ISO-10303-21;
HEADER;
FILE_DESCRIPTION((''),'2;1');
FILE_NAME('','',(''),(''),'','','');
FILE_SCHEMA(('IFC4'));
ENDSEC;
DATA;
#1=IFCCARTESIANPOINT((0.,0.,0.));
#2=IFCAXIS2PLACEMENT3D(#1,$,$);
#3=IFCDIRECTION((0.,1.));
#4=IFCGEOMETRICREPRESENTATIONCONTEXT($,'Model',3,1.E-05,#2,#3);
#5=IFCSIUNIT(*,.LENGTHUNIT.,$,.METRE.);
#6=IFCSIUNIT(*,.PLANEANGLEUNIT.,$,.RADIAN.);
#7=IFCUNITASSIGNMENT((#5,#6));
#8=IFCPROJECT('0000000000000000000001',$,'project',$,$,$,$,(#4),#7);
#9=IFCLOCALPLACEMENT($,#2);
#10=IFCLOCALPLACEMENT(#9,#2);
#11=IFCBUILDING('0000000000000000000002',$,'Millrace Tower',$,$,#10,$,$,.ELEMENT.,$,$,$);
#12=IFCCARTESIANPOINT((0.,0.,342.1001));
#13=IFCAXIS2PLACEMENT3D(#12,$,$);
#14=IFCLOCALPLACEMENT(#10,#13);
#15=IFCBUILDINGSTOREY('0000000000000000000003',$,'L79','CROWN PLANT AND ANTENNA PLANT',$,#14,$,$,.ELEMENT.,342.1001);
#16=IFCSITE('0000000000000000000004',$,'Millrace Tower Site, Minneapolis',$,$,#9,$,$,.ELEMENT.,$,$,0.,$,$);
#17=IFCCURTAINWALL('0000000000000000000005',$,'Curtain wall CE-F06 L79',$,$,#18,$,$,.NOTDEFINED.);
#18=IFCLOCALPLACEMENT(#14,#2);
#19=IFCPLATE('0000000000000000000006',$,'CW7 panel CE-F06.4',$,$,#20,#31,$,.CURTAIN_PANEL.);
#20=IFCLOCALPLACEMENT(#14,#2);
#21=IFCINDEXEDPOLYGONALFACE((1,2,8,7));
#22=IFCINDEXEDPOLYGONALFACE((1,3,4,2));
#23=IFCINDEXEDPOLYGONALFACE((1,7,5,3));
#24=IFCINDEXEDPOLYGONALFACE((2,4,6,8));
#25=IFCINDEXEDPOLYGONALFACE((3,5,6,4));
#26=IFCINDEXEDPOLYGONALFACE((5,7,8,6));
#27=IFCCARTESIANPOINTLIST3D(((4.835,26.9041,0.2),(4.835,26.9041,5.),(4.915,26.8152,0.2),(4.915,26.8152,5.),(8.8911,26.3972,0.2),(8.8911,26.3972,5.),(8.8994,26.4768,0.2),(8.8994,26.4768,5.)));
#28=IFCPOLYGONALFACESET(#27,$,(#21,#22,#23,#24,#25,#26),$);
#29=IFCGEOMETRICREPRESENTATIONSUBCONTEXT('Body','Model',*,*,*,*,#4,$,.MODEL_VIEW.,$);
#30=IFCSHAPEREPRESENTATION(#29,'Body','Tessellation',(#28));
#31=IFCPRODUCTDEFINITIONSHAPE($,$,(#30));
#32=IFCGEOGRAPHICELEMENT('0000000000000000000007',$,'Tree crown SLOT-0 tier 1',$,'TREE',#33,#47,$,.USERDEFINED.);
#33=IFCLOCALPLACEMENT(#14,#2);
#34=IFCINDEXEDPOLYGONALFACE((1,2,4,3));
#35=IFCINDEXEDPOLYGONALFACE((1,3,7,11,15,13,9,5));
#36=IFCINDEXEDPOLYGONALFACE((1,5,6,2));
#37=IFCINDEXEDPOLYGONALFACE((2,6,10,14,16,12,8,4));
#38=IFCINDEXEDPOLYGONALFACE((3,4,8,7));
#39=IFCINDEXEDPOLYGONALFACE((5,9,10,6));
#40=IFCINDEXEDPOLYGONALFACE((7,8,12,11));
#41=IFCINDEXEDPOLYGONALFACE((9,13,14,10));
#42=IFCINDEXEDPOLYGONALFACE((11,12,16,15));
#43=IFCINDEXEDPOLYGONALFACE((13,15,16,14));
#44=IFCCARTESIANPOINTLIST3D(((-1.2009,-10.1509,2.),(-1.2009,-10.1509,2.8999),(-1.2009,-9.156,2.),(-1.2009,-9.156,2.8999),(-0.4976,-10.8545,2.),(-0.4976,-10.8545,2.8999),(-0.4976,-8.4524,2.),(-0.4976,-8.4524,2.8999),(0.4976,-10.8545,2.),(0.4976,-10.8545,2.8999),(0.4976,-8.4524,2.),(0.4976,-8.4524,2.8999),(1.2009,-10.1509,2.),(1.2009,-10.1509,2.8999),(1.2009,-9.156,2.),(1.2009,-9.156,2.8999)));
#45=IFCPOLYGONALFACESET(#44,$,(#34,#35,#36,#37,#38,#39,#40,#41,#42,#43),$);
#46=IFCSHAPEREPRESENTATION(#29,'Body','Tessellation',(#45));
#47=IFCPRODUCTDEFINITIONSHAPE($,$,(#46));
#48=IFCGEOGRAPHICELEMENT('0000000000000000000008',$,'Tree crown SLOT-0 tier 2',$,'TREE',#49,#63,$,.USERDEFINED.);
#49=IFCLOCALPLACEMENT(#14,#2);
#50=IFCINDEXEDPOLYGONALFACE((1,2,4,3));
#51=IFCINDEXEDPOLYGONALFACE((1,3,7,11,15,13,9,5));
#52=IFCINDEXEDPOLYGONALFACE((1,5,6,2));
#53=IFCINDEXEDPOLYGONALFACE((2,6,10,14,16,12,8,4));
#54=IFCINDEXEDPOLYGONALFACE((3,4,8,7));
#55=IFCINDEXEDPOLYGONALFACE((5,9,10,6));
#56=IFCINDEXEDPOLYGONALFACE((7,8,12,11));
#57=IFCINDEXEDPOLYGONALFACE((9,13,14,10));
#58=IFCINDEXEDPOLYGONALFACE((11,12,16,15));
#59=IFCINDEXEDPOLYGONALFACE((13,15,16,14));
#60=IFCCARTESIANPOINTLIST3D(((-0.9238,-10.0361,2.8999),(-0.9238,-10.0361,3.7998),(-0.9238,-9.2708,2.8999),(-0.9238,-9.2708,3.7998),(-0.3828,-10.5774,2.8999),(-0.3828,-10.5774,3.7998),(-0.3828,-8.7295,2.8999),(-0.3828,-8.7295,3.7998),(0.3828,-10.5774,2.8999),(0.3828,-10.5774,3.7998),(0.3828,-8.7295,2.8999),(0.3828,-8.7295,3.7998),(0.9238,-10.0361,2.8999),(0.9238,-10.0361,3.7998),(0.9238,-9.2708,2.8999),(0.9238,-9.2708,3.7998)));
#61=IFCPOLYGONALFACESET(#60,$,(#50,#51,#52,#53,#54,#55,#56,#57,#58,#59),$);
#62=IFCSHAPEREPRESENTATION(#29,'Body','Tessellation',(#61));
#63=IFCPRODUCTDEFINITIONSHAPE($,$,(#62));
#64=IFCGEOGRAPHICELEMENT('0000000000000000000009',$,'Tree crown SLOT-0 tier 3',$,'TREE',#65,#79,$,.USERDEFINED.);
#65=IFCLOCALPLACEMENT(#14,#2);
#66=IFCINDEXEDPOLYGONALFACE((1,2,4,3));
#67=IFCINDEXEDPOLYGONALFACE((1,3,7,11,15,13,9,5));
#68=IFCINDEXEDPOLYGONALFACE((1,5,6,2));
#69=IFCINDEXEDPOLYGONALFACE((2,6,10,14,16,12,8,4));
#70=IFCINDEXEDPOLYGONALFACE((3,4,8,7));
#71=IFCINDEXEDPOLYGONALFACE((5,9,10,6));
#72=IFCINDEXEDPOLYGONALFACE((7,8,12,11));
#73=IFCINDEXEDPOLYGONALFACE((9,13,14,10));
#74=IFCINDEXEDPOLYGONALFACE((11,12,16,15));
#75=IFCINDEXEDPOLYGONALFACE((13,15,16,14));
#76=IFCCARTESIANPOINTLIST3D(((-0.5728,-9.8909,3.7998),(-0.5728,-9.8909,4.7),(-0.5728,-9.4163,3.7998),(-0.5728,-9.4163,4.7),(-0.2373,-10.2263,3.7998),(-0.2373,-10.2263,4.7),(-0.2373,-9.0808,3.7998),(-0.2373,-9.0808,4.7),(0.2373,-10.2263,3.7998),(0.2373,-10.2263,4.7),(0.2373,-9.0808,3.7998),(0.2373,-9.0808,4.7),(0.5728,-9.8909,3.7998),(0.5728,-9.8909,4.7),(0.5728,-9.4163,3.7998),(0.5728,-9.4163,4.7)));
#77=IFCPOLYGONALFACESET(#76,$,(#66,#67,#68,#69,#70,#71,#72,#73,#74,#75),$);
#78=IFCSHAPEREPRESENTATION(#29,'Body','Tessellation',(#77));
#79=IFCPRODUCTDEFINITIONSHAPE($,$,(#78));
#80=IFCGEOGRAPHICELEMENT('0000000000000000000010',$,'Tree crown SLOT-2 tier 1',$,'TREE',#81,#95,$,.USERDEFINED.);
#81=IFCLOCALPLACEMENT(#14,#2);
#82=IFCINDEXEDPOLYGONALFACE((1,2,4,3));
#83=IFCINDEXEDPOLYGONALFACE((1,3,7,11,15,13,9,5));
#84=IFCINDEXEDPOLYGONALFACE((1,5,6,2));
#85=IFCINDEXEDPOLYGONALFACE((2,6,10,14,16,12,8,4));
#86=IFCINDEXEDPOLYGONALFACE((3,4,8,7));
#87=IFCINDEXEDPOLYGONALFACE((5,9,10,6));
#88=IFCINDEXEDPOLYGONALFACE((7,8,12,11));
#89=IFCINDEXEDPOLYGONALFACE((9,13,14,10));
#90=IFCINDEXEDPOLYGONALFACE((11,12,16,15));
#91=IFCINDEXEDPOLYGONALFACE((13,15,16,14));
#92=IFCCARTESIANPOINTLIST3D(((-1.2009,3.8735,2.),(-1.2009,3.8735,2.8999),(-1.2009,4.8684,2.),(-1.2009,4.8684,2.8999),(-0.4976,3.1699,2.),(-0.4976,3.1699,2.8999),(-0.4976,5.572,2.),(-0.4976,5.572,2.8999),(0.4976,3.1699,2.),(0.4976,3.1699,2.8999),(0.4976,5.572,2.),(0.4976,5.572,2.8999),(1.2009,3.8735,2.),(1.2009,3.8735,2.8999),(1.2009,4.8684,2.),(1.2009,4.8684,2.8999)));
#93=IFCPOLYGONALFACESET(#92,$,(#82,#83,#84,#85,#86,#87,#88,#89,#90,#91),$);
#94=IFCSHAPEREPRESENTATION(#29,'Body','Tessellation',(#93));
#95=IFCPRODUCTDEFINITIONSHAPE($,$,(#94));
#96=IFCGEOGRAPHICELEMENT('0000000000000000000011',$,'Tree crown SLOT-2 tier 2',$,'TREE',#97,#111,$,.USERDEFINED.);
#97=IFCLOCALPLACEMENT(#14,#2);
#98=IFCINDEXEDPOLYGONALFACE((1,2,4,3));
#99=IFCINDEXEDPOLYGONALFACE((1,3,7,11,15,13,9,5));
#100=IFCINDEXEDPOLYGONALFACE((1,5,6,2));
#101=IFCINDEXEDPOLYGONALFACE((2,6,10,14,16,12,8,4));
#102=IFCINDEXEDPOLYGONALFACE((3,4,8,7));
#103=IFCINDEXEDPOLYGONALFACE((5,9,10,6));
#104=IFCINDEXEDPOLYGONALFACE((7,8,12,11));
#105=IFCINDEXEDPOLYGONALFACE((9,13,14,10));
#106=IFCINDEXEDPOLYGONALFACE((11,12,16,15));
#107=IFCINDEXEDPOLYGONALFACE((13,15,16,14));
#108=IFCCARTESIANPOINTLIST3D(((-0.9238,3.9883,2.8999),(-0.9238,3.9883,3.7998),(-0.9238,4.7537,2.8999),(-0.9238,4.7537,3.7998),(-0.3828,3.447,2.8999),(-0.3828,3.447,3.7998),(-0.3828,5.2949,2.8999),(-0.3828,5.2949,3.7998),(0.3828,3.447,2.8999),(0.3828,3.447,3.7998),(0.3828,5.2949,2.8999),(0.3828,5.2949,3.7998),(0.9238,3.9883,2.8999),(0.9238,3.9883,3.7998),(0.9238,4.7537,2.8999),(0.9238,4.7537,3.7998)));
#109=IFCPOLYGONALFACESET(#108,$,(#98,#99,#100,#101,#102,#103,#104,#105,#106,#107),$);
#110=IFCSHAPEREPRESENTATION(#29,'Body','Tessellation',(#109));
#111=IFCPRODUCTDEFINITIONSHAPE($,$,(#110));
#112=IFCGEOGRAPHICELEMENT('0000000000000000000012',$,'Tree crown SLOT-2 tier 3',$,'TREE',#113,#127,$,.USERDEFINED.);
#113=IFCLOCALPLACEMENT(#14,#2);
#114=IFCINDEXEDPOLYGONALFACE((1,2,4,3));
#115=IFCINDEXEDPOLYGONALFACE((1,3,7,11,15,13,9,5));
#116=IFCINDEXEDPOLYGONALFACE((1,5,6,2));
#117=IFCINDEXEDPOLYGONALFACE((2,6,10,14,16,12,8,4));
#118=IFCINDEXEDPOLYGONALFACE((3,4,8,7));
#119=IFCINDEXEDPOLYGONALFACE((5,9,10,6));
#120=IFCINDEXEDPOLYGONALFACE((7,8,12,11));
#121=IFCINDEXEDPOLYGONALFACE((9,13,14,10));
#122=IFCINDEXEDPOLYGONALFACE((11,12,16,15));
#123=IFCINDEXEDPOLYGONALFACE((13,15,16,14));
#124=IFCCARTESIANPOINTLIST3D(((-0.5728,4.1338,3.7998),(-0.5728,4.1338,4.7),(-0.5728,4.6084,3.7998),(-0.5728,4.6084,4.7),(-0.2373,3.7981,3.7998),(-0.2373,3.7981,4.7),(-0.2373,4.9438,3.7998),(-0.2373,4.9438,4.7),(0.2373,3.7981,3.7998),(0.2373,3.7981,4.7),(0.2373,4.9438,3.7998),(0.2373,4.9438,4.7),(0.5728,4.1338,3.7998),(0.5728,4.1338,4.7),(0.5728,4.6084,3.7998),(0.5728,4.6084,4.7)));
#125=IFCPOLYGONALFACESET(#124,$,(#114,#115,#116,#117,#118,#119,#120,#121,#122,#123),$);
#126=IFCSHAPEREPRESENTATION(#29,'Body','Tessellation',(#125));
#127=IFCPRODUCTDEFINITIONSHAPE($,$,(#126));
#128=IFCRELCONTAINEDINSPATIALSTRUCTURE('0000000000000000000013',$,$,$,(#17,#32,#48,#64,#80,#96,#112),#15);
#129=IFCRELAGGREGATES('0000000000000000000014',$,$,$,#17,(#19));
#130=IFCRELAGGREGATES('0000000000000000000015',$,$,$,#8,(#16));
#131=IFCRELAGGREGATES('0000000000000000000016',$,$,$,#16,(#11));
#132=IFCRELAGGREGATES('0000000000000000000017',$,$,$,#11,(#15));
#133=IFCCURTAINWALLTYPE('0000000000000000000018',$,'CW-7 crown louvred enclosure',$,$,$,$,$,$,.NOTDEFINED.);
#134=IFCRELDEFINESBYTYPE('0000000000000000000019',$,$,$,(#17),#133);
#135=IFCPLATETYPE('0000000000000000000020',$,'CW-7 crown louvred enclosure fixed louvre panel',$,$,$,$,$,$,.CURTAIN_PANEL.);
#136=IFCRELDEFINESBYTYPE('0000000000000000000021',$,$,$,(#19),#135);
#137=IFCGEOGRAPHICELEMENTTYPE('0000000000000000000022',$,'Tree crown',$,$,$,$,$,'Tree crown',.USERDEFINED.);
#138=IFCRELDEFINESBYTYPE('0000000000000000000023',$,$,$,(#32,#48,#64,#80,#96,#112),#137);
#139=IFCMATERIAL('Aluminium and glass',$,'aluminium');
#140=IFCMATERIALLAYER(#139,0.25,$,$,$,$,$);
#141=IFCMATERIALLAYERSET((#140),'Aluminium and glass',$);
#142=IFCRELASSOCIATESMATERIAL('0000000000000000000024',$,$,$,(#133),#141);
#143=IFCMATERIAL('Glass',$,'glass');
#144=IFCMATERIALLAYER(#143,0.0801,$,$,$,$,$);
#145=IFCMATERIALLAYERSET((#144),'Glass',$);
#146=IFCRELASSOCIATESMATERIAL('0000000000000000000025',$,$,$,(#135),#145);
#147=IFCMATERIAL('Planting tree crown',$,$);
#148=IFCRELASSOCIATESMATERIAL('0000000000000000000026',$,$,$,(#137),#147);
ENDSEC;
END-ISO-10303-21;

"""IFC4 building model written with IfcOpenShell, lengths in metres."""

from ifc_helpers import new_model, si_unit, direction, frame, origin, place, context, subcontext, project, spatial, polyline, outline, extrude, material, layer, layer_set, type_object, element, aggregate, save


model = new_model("IFC4")

# Units and contexts
model_context = context("Model", 3, precision=1e-05, world=origin(), true_north=direction((0.0, 1.0)))
body_context = subcontext(model_context, "Body", "Model", "MODEL_VIEW")
ifc_project = project(units=[si_unit("LENGTHUNIT", "METRE"), si_unit("PLANEANGLEUNIT", "RADIAN")], contexts=[model_context])

# Site, building, storey
site_placement = place(None, origin())
site = spatial("IfcSite", under=ifc_project, at=site_placement, Name="Millrace Tower Site, Minneapolis", CompositionType="ELEMENT", RefElevation=0.0)
building_placement = place(site_placement, origin())
building = spatial("IfcBuilding", under=site, at=building_placement, Name="Millrace Tower", CompositionType="ELEMENT")
storey_placement = place(building_placement, frame((0.0, 0.0, 342.1001)))
storey = spatial("IfcBuildingStorey", under=building, at=storey_placement, Name="L79", Description="CROWN PLANT AND ANTENNA PLANT", CompositionType="ELEMENT", Elevation=342.1001)

# Shared definitions
ifc_material_1 = material(Name="Aluminium and glass", Category="aluminium")
ifc_layer_1 = layer(ifc_material_1, 0.25)
ifc_layer_set_1 = layer_set([ifc_layer_1], Name="Aluminium and glass")
curtain_wall_type = type_object("IfcCurtainWallType", Name="CW-7 crown louvred enclosure", PredefinedType="NOTDEFINED", material=ifc_layer_set_1)
placement_1 = place(storey_placement, origin())
ifc_material_2 = material(Name="Glass", Category="glass")
ifc_layer_2 = layer(ifc_material_2, 0.0801)
ifc_layer_set_2 = layer_set([ifc_layer_2], Name="Glass")
plate_type = type_object("IfcPlateType", Name="CW-7 crown louvred enclosure fixed louvre panel", PredefinedType="CURTAIN_PANEL", material=ifc_layer_set_2)
placement_2 = place(storey_placement, frame((0.0, 0.0, 0.2)))

# Curtain wall, plate
curtain_wall_1 = element("IfcCurtainWall", 1, at=placement_1, inside=storey, type_object=curtain_wall_type, Name="Curtain wall CE-F06 L79", PredefinedType="NOTDEFINED")
plate_1 = element("IfcPlate", 2, at=placement_2, type_object=plate_type, Name="CW7 panel CE-F06.4", PredefinedType="CURTAIN_PANEL", context=body_context, shape_type="SweptSolid", body=[
    extrude(outline(polyline([(8.8994, 26.4768), (4.835, 26.9041), (4.915, 26.8152), (8.8911, 26.3972), (8.8994, 26.4768)])), origin(), (0.0, 0.0, 1.0), 4.8),
])
aggregate(curtain_wall_1, [plate_1])

# Geographic elements
ifc_material_3 = material(Name="Planting tree crown")
geographic_element_type = type_object("IfcGeographicElementType", Name="Tree crown", ElementType="Tree crown", PredefinedType="USERDEFINED", material=ifc_material_3)
placement_3 = place(storey_placement, frame((0.0, 0.0, 2.0)))
element("IfcGeographicElement", 3, at=placement_3, inside=storey, type_object=geographic_element_type, Name="Tree crown SLOT-0 tier 1", ObjectType="TREE", PredefinedType="USERDEFINED", context=body_context, shape_type="SweptSolid", body=[
    extrude(outline(polyline([(1.2009, -9.156), (0.4976, -8.4524), (-0.4976, -8.4524), (-1.2009, -9.156), (-1.2009, -10.1509), (-0.4976, -10.8545), (0.4976, -10.8545), (1.2009, -10.1509), (1.2009, -9.156)])), origin(), (0.0, 0.0, 1.0), 0.8999),
])
placement_4 = place(storey_placement, frame((0.0, 0.0, 2.8999)))
element("IfcGeographicElement", 4, at=placement_4, inside=storey, type_object=geographic_element_type, Name="Tree crown SLOT-0 tier 2", ObjectType="TREE", PredefinedType="USERDEFINED", context=body_context, shape_type="SweptSolid", body=[
    extrude(outline(polyline([(0.9238, -9.2708), (0.3828, -8.7295), (-0.3828, -8.7295), (-0.9238, -9.2708), (-0.9238, -10.0361), (-0.3828, -10.5774), (0.3828, -10.5774), (0.9238, -10.0361), (0.9238, -9.2708)])), origin(), (0.0, 0.0, 1.0), 0.8999),
])
placement_5 = place(storey_placement, frame((0.0, 0.0, 3.7998)))
element("IfcGeographicElement", 5, at=placement_5, inside=storey, type_object=geographic_element_type, Name="Tree crown SLOT-0 tier 3", ObjectType="TREE", PredefinedType="USERDEFINED", context=body_context, shape_type="SweptSolid", body=[
    extrude(outline(polyline([(0.5728, -9.4163), (0.2373, -9.0808), (-0.2373, -9.0808), (-0.5728, -9.4163), (-0.5728, -9.8909), (-0.2373, -10.2263), (0.2373, -10.2263), (0.5728, -9.8909), (0.5728, -9.4163)])), origin(), (0.0, 0.0, 1.0), 0.9001),
])
element("IfcGeographicElement", 6, at=placement_3, inside=storey, type_object=geographic_element_type, Name="Tree crown SLOT-2 tier 1", ObjectType="TREE", PredefinedType="USERDEFINED", context=body_context, shape_type="SweptSolid", body=[
    extrude(outline(polyline([(1.2009, 4.8684), (0.4976, 5.572), (-0.4976, 5.572), (-1.2009, 4.8684), (-1.2009, 3.8735), (-0.4976, 3.1699), (0.4976, 3.1699), (1.2009, 3.8735), (1.2009, 4.8684)])), origin(), (0.0, 0.0, 1.0), 0.8999),
])
element("IfcGeographicElement", 7, at=placement_4, inside=storey, type_object=geographic_element_type, Name="Tree crown SLOT-2 tier 2", ObjectType="TREE", PredefinedType="USERDEFINED", context=body_context, shape_type="SweptSolid", body=[
    extrude(outline(polyline([(0.9238, 4.7537), (0.3828, 5.2949), (-0.3828, 5.2949), (-0.9238, 4.7537), (-0.9238, 3.9883), (-0.3828, 3.447), (0.3828, 3.447), (0.9238, 3.9883), (0.9238, 4.7537)])), origin(), (0.0, 0.0, 1.0), 0.8999),
])
element("IfcGeographicElement", 8, at=placement_5, inside=storey, type_object=geographic_element_type, Name="Tree crown SLOT-2 tier 3", ObjectType="TREE", PredefinedType="USERDEFINED", context=body_context, shape_type="SweptSolid", body=[
    extrude(outline(polyline([(0.5728, 4.6084), (0.2373, 4.9438), (-0.2373, 4.9438), (-0.5728, 4.6084), (-0.5728, 4.1338), (-0.2373, 3.7981), (0.2373, 3.7981), (0.5728, 4.1338), (0.5728, 4.6084)])), origin(), (0.0, 0.0, 1.0), 0.9001),
])

save(model, "model.ifc")
